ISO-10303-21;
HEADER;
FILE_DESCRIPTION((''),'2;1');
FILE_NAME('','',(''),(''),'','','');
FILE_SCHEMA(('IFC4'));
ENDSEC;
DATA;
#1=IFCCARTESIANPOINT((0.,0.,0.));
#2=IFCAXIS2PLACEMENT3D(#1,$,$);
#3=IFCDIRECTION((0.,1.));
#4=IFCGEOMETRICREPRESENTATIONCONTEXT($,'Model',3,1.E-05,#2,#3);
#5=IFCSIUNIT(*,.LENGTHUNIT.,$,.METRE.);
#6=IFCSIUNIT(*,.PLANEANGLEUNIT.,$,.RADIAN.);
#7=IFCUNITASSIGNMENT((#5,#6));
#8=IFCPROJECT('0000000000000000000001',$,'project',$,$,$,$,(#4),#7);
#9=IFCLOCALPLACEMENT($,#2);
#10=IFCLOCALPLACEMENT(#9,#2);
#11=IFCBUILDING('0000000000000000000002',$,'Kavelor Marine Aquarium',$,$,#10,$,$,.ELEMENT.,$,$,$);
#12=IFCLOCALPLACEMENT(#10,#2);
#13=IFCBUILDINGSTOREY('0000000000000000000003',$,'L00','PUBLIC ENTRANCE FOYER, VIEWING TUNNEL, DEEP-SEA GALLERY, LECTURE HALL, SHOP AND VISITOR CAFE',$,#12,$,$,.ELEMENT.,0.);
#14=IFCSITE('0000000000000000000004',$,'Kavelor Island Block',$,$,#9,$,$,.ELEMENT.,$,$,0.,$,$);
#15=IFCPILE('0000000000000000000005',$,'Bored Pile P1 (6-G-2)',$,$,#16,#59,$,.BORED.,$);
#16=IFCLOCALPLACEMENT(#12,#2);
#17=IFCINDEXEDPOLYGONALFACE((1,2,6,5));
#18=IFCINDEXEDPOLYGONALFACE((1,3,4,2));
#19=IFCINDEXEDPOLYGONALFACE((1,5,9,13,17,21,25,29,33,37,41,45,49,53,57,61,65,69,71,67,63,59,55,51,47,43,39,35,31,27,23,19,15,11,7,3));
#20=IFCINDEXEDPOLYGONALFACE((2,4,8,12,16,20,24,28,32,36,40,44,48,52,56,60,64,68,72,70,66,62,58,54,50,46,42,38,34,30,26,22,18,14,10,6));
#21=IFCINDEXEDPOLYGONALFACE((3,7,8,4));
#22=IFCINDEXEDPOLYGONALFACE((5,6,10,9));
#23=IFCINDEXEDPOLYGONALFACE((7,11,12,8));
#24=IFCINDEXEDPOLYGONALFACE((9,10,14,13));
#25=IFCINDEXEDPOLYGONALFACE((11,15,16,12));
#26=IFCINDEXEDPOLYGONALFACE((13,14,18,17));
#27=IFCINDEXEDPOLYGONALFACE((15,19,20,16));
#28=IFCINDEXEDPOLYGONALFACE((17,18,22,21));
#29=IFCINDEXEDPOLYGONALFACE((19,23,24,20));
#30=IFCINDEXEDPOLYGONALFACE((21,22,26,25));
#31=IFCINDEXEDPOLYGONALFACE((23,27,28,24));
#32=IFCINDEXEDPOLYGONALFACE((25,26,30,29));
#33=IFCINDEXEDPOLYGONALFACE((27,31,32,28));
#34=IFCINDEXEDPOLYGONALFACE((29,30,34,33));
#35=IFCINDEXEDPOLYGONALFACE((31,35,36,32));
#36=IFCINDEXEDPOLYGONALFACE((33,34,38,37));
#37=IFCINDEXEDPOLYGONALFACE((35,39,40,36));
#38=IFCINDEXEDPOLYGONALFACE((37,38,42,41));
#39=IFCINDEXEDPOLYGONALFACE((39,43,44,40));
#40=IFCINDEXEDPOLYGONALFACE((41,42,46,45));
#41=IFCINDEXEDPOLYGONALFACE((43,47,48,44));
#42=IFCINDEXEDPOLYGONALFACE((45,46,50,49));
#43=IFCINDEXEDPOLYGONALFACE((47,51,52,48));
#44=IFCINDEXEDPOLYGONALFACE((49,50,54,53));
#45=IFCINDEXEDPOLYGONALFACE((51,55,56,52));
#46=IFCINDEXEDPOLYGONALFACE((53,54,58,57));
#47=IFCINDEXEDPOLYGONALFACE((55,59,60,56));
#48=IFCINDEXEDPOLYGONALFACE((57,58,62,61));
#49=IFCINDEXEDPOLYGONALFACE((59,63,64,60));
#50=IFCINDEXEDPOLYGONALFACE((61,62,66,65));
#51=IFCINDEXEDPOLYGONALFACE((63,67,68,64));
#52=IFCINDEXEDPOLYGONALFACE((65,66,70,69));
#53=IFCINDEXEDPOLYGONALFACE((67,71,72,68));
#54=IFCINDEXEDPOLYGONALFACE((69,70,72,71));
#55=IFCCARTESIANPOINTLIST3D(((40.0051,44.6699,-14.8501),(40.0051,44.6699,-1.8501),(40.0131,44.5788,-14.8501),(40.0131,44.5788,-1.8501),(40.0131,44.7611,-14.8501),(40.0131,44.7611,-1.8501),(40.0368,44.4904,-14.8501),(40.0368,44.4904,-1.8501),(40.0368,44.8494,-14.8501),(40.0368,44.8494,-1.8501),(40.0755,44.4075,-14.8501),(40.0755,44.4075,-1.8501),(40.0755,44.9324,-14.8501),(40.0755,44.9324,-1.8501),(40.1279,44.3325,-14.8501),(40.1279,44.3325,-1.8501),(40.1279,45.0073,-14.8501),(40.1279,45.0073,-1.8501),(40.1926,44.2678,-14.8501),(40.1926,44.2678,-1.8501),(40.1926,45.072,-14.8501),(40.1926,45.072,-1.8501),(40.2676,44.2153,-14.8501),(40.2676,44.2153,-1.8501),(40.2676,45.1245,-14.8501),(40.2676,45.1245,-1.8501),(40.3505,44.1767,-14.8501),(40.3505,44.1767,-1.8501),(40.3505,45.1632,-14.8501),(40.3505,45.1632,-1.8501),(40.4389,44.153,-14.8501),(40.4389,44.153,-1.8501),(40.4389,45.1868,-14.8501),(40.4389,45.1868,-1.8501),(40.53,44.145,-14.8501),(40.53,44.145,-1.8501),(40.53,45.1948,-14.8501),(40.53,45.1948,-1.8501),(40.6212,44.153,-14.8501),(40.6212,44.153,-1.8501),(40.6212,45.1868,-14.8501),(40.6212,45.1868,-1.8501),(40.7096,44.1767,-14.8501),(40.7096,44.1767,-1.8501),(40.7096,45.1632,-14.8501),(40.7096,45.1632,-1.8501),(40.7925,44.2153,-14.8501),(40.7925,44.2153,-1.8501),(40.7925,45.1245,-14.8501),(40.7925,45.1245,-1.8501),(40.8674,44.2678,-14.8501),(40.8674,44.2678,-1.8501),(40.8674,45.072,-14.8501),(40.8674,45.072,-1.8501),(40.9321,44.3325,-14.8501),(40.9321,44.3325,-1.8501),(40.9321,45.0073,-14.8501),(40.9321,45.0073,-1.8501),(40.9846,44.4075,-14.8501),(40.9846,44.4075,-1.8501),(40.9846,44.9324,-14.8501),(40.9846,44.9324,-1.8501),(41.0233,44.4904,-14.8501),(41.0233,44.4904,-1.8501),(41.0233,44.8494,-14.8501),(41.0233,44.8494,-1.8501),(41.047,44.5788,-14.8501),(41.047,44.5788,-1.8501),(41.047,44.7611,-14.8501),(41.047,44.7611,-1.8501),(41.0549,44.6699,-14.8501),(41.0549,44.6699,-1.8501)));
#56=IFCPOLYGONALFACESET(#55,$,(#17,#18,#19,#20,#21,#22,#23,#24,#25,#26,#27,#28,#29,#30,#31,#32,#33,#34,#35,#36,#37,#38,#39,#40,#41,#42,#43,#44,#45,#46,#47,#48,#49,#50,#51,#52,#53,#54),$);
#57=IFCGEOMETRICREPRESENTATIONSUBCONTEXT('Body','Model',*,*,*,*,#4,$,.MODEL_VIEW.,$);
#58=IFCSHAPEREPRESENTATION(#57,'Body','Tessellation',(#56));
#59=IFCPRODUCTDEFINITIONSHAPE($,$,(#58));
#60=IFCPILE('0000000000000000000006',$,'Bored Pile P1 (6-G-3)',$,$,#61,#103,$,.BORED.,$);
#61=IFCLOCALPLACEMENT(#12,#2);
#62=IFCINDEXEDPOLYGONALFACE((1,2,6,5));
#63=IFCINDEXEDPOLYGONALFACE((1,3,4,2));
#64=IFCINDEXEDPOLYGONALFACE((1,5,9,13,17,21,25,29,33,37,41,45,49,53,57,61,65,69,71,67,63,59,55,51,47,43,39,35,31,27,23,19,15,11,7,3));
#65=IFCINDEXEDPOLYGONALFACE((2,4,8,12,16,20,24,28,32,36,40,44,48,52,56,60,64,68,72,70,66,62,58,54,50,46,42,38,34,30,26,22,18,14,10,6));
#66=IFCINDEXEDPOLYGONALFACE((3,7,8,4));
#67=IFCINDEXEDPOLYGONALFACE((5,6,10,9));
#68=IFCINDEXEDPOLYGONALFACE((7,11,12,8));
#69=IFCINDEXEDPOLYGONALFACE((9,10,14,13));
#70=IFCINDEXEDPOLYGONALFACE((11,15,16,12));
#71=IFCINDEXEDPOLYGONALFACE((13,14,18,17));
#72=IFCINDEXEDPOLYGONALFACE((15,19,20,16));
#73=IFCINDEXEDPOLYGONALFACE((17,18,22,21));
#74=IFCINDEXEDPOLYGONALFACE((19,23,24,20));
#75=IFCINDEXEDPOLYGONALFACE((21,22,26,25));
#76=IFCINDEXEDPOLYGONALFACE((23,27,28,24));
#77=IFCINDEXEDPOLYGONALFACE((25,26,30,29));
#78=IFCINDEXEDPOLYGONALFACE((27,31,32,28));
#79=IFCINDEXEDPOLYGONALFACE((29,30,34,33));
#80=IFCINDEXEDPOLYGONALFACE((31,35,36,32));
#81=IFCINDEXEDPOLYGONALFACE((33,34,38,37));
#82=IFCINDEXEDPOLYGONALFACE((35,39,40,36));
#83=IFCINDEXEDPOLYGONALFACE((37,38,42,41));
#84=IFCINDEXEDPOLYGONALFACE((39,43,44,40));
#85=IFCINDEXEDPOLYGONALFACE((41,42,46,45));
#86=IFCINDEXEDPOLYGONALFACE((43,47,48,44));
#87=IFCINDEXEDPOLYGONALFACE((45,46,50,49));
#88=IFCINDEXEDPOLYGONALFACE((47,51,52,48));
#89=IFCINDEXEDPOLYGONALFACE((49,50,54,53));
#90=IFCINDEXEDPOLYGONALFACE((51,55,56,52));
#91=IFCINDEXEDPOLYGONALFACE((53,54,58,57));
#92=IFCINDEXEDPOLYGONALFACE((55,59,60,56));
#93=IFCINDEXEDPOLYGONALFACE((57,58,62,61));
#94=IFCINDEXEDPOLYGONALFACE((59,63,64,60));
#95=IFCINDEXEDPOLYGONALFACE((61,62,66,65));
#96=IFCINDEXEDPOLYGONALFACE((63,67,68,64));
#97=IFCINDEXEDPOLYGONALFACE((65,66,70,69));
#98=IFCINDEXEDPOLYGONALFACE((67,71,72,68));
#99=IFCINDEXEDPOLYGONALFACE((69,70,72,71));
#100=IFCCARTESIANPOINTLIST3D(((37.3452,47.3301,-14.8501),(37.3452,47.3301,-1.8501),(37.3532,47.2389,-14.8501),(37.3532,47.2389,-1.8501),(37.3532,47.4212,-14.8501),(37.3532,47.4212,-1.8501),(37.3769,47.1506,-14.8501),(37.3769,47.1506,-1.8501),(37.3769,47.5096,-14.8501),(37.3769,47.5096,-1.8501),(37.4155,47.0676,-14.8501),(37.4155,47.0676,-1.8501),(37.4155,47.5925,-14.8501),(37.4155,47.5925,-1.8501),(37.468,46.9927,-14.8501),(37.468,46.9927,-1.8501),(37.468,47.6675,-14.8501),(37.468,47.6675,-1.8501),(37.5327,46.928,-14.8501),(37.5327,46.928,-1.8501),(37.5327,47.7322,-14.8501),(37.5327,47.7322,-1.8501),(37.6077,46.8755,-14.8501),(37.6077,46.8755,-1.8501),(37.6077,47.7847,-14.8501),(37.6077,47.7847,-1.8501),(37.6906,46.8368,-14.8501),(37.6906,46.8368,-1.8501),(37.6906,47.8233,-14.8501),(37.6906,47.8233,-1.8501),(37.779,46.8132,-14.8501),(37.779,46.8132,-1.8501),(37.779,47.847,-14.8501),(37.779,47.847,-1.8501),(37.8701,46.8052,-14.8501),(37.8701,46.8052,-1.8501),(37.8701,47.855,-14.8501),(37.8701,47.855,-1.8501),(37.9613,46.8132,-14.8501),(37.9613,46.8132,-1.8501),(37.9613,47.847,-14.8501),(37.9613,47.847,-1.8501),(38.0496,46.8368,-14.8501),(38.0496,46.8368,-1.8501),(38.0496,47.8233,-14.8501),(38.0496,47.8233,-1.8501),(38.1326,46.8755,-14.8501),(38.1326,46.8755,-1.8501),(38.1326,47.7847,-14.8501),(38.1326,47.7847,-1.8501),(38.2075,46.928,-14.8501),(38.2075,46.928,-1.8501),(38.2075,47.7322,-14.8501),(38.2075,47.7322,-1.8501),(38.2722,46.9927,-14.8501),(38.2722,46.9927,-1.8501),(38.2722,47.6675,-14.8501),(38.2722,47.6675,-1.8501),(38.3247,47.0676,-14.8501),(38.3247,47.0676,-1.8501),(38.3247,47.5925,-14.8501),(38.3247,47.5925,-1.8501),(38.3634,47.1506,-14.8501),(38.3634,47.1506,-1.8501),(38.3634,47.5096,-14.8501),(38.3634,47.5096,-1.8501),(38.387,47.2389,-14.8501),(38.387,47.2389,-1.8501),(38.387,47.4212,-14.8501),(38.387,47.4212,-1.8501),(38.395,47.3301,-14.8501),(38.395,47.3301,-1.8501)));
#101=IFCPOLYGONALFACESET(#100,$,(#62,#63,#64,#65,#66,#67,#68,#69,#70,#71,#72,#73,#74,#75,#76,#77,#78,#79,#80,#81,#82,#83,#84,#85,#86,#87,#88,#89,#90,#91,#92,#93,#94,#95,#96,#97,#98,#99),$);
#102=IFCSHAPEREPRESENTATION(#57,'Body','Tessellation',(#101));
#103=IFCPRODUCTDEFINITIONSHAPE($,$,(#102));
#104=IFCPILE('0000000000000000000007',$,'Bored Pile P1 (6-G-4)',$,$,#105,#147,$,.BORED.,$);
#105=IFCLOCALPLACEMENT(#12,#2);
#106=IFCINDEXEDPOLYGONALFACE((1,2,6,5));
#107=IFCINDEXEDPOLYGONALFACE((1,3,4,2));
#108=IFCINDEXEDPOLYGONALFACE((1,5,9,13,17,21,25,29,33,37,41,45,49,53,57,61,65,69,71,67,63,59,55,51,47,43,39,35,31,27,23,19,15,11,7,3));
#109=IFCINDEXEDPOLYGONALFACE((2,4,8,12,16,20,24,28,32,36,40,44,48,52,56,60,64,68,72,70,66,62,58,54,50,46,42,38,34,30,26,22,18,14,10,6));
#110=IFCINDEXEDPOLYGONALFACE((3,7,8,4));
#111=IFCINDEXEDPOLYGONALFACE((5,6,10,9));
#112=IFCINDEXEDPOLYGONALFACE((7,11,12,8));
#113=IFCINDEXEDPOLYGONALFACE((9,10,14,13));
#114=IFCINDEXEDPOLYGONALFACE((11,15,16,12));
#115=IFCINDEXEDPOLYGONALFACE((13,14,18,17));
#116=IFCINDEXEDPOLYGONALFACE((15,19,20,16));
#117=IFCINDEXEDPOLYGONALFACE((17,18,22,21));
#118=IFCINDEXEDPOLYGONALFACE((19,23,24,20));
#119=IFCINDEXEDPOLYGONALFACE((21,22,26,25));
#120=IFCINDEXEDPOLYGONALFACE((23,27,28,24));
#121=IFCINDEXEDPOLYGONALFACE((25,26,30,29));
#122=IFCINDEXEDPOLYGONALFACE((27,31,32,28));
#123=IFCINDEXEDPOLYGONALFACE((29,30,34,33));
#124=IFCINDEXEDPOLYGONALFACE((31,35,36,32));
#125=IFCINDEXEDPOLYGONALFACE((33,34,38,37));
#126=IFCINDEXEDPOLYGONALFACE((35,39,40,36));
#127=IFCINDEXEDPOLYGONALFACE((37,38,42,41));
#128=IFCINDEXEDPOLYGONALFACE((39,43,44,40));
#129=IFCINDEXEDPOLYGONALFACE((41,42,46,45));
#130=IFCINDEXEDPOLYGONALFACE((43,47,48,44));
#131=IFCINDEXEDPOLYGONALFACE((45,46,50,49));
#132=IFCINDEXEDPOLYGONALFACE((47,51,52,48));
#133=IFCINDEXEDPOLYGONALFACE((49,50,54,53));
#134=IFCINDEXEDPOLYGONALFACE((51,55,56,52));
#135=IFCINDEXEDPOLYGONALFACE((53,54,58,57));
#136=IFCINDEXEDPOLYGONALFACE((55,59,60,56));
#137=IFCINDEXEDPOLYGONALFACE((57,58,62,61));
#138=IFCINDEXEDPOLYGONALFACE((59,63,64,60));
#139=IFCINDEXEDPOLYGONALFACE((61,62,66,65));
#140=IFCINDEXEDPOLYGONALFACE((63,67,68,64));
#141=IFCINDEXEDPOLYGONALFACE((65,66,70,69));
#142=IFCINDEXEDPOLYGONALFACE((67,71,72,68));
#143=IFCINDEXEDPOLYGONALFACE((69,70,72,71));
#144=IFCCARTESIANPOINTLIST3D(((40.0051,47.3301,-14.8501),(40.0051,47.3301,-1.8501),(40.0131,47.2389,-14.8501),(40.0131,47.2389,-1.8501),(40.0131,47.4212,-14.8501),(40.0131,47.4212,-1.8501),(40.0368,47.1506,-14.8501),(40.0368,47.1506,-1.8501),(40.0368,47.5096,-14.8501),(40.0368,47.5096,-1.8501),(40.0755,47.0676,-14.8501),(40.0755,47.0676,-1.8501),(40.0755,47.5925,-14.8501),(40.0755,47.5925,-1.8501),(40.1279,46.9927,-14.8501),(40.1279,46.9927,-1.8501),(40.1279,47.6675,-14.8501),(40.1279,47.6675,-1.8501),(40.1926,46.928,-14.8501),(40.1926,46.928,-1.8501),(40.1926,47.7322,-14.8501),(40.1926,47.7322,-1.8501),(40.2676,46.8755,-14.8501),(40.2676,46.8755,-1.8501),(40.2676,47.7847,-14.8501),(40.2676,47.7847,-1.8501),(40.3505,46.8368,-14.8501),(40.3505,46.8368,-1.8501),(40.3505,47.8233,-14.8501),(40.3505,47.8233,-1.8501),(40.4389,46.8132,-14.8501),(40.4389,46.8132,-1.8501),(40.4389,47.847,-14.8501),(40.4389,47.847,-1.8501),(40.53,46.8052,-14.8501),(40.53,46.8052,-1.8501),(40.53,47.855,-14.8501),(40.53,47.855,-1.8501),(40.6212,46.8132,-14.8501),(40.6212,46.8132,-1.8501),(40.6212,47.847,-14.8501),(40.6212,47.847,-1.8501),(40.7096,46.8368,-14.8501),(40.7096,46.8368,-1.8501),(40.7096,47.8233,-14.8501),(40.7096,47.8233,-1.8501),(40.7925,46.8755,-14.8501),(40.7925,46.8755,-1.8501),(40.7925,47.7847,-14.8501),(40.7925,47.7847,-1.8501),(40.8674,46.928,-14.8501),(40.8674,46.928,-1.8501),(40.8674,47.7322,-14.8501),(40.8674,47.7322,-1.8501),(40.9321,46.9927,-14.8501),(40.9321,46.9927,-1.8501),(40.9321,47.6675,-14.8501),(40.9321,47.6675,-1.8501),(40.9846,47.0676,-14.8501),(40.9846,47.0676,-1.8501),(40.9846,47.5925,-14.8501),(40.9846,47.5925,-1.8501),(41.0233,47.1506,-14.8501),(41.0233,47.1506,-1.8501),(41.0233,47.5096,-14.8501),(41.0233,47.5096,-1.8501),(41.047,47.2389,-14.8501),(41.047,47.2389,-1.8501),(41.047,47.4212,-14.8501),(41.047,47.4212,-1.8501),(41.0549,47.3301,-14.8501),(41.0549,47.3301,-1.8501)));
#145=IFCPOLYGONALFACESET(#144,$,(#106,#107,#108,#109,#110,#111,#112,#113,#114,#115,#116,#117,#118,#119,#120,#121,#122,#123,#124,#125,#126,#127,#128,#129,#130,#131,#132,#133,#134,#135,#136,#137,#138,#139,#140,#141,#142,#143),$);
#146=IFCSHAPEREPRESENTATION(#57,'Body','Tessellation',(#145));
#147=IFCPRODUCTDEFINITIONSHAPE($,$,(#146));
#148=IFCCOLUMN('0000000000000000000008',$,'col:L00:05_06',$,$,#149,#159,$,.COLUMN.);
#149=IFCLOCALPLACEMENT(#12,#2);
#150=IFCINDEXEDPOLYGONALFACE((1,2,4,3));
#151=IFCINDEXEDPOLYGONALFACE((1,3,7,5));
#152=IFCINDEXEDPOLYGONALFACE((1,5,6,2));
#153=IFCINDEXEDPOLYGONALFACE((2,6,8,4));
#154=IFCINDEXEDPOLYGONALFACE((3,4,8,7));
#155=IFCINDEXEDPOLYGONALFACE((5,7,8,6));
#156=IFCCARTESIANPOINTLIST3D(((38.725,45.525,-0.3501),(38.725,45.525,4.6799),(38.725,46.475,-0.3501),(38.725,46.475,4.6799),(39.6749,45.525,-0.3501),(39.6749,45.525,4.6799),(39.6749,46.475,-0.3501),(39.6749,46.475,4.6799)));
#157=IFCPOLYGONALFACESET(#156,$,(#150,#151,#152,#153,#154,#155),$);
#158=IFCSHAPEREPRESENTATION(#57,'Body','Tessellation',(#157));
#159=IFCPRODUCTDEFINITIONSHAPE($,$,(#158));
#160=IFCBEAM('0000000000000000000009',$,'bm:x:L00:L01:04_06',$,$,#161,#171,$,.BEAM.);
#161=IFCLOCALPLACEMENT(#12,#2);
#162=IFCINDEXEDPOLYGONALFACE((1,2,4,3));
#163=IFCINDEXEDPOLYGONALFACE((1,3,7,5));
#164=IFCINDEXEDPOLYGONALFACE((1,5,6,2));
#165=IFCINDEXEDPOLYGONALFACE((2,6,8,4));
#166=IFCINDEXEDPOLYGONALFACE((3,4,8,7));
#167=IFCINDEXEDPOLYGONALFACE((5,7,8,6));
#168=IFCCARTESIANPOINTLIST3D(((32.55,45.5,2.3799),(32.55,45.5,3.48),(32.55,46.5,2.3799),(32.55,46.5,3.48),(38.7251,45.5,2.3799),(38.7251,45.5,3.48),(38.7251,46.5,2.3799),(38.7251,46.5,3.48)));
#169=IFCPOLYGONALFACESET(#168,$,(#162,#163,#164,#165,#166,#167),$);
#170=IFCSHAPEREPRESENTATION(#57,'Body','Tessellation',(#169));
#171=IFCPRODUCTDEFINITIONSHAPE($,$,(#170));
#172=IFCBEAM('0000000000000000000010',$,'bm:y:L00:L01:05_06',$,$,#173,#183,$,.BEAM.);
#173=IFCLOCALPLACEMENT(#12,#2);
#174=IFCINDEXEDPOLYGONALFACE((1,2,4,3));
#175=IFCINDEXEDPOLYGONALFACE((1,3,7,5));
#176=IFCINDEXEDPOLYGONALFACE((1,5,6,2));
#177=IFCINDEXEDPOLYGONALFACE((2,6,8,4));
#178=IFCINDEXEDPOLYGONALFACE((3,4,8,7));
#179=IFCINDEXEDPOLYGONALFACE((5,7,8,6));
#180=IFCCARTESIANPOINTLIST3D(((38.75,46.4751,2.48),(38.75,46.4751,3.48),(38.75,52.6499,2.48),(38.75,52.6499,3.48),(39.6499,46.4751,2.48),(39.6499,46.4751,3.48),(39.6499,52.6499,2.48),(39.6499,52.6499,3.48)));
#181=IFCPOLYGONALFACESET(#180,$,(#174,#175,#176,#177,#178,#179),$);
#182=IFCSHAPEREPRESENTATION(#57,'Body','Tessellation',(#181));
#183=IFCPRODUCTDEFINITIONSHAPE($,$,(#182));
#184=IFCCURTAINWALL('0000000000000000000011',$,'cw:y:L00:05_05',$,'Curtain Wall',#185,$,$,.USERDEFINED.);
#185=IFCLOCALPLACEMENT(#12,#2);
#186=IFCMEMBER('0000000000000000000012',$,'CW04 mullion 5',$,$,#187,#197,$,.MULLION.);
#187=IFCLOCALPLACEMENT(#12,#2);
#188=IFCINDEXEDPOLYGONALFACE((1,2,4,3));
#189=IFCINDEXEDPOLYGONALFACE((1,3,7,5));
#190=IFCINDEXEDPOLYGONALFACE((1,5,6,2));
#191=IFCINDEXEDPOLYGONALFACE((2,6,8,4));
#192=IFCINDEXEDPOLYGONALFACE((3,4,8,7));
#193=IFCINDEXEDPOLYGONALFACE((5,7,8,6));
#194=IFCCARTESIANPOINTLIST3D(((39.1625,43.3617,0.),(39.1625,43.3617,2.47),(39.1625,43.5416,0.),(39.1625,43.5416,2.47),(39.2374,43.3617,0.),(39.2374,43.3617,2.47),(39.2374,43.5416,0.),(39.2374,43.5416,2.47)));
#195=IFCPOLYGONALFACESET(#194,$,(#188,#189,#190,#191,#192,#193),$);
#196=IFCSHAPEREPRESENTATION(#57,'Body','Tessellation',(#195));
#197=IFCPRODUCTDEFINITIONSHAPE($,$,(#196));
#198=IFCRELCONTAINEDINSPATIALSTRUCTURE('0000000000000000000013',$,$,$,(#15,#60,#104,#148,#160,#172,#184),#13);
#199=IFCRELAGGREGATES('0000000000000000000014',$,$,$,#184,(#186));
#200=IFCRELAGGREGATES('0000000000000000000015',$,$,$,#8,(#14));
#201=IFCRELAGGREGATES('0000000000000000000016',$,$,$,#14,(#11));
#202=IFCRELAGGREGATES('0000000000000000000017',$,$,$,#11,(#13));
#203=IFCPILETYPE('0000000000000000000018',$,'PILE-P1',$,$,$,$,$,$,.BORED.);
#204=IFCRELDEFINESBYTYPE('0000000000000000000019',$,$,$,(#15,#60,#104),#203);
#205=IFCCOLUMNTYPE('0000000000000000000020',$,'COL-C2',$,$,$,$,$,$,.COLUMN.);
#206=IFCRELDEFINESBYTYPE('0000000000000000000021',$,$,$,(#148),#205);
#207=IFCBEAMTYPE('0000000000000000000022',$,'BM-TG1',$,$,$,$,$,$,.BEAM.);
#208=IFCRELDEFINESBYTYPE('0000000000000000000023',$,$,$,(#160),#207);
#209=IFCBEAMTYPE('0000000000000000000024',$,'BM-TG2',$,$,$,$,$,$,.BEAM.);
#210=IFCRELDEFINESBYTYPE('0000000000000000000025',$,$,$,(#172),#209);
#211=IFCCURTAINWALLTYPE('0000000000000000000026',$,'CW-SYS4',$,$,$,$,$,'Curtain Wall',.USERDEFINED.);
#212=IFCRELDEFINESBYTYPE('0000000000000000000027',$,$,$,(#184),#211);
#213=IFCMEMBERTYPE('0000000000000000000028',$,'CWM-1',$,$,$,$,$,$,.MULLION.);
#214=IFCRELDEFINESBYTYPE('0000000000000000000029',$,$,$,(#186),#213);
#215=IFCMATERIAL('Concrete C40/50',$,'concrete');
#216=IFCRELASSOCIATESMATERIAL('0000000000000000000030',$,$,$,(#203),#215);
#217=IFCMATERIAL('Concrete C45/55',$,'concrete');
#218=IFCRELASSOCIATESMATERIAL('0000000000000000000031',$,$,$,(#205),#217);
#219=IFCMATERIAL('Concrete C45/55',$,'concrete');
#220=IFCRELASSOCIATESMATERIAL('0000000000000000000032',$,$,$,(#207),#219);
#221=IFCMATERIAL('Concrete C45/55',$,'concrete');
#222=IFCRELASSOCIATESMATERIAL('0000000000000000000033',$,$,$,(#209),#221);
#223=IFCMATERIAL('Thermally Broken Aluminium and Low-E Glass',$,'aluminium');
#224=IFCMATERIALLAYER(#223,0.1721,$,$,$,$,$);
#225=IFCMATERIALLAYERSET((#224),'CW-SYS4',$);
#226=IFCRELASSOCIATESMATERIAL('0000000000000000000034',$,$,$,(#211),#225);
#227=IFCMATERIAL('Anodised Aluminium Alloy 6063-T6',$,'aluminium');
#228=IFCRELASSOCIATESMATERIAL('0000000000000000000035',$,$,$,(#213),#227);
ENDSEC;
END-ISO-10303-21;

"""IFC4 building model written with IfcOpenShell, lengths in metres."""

from ifc_helpers import new_model, si_unit, direction, frame, origin, origin_2d, place, context, subcontext, project, spatial, rectangle, circle, extrude, material, layer, layer_set, material_profile, profile_set, type_object, element, aggregate, save


model = new_model("IFC4")

# Units and contexts
model_context = context("Model", 3, precision=1e-05, world=origin(), true_north=direction((0.0, 1.0)))
body_context = subcontext(model_context, "Body", "Model", "MODEL_VIEW")
ifc_project = project(units=[si_unit("LENGTHUNIT", "METRE"), si_unit("PLANEANGLEUNIT", "RADIAN")], contexts=[model_context])

# Site, building, storey
site_placement = place(None, origin())
site = spatial("IfcSite", under=ifc_project, at=site_placement, Name="Kavelor Island Block", CompositionType="ELEMENT", RefElevation=0.0)
building_placement = place(site_placement, origin())
building = spatial("IfcBuilding", under=site, at=building_placement, Name="Kavelor Marine Aquarium", CompositionType="ELEMENT")
storey_placement = place(building_placement, origin())
storey = spatial("IfcBuildingStorey", under=building, at=storey_placement, Name="L00", Description="PUBLIC ENTRANCE FOYER, VIEWING TUNNEL, DEEP-SEA GALLERY, LECTURE HALL, SHOP AND VISITOR CAFE", CompositionType="ELEMENT", Elevation=0.0)

# Piles
ifc_material_1 = material(Name="Concrete C40/50", Category="concrete")
ifc_material_profile_1 = material_profile(ifc_material_1, circle(Radius=0.5249, at=origin_2d()), Name="PILE D1050")
ifc_profile_set_1 = profile_set([ifc_material_profile_1], Name="Concrete C40/50")
pile_type = type_object("IfcPileType", Name="PILE-P1", PredefinedType="BORED", material=ifc_profile_set_1)
for number, where, z_axis, x_axis, name in (
    (1, (40.53, 44.6699, -1.8501), (0.0, 0.0, -1.0), (1.0, 0.0, 0.0), "Bored Pile P1 (6-G-2)"),
    (2, (37.8701, 47.3301, -1.8501), (0.0, 0.0, -1.0), (1.0, 0.0, 0.0), "Bored Pile P1 (6-G-3)"),
    (3, (40.53, 47.3301, -1.8501), (0.0, 0.0, -1.0), (1.0, 0.0, 0.0), "Bored Pile P1 (6-G-4)"),
):
    element("IfcPile", number, at=place(storey_placement, frame(where, z_axis=z_axis, x_axis=x_axis)), inside=storey, type_object=pile_type, Name=name, PredefinedType="BORED", context=body_context, shape_type="SweptSolid", body=[
        extrude(circle(Radius=0.5249, at=origin_2d()), origin(), (0.0, 0.0, 1.0), 13.0),
    ])

# Column
ifc_material_2 = material(Name="Concrete C45/55", Category="concrete")
ifc_material_profile_2 = material_profile(ifc_material_2, rectangle(XDim=0.95, YDim=0.95, at=origin_2d()), Name="RC-COL 950x950")
ifc_profile_set_2 = profile_set([ifc_material_profile_2], Name="Concrete C45/55")
column_type = type_object("IfcColumnType", Name="COL-C2", PredefinedType="COLUMN", material=ifc_profile_set_2)
column_placement = place(storey_placement, frame((39.2, 46.0, -0.3501), z_axis=(0.0, 0.0, 1.0), x_axis=(1.0, 0.0, 0.0)))
element("IfcColumn", 4, at=column_placement, inside=storey, type_object=column_type, Name="col:L00:05_06", PredefinedType="COLUMN", context=body_context, shape_type="SweptSolid", body=[
    extrude(rectangle(XDim=0.95, YDim=0.95, at=origin_2d()), origin(), (0.0, 0.0, 1.0), 5.03),
])

# Beams
ifc_material_3 = material(Name="Concrete C45/55", Category="concrete")
ifc_material_profile_3 = material_profile(ifc_material_3, rectangle(XDim=1.0, YDim=1.1001, at=origin_2d()), Name="RC-TG 1000x1100")
ifc_profile_set_3 = profile_set([ifc_material_profile_3], Name="Concrete C45/55")
beam_type_1 = type_object("IfcBeamType", Name="BM-TG1", PredefinedType="BEAM", material=ifc_profile_set_3)
beam_1_placement = place(storey_placement, frame((32.55, 46.0, 2.9299), z_axis=(1.0, 0.0, 0.0), x_axis=(0.0, 1.0, 0.0)))
element("IfcBeam", 5, at=beam_1_placement, inside=storey, type_object=beam_type_1, Name="bm:x:L00:L01:04_06", PredefinedType="BEAM", context=body_context, shape_type="SweptSolid", body=[
    extrude(rectangle(XDim=1.0, YDim=1.1001, at=origin_2d()), origin(), (0.0, 0.0, 1.0), 6.175),
])
ifc_material_4 = material(Name="Concrete C45/55", Category="concrete")
ifc_material_profile_4 = material_profile(ifc_material_4, rectangle(XDim=0.8999, YDim=1.0, at=origin_2d()), Name="RC-TG 900x1000")
ifc_profile_set_4 = profile_set([ifc_material_profile_4], Name="Concrete C45/55")
beam_type_2 = type_object("IfcBeamType", Name="BM-TG2", PredefinedType="BEAM", material=ifc_profile_set_4)
beam_2_placement = place(storey_placement, frame((39.2, 46.4751, 2.98), z_axis=(0.0, 1.0, 0.0), x_axis=(-1.0, 0.0, 0.0)))
element("IfcBeam", 6, at=beam_2_placement, inside=storey, type_object=beam_type_2, Name="bm:y:L00:L01:05_06", PredefinedType="BEAM", context=body_context, shape_type="SweptSolid", body=[
    extrude(rectangle(XDim=0.8999, YDim=1.0, at=origin_2d()), origin(), (0.0, 0.0, 1.0), 6.1748),
])

# Curtain wall, member
ifc_material_5 = material(Name="Thermally Broken Aluminium and Low-E Glass", Category="aluminium")
ifc_layer_1 = layer(ifc_material_5, 0.1721)
ifc_layer_set_1 = layer_set([ifc_layer_1], Name="CW-SYS4")
curtain_wall_type_1 = type_object("IfcCurtainWallType", Name="CW-SYS4", ElementType="Curtain Wall", PredefinedType="USERDEFINED", material=ifc_layer_set_1)
curtain_wall_1_placement = place(storey_placement, origin())
curtain_wall_1 = element("IfcCurtainWall", 7, at=curtain_wall_1_placement, inside=storey, type_object=curtain_wall_type_1, Name="cw:y:L00:05_05", ObjectType="Curtain Wall", PredefinedType="USERDEFINED")
ifc_material_6 = material(Name="Anodised Aluminium Alloy 6063-T6", Category="aluminium")
ifc_material_profile_5 = material_profile(ifc_material_6, rectangle(XDim=0.075, YDim=0.1799, at=origin_2d()), Name="CW-MUL 75x180")
ifc_profile_set_5 = profile_set([ifc_material_profile_5], Name="Anodised Aluminium Alloy 6063-T6")
member_type_1 = type_object("IfcMemberType", Name="CWM-1", PredefinedType="MULLION", material=ifc_profile_set_5)
member_1_placement = place(storey_placement, frame((39.2, 43.4517, 0.0), z_axis=(0.0, 0.0, 1.0), x_axis=(-1.0, 0.0, 0.0)))
member_1 = element("IfcMember", 8, at=member_1_placement, type_object=member_type_1, Name="CW04 mullion 5", PredefinedType="MULLION", context=body_context, shape_type="SweptSolid", body=[
    extrude(rectangle(XDim=0.075, YDim=0.1799, at=origin_2d()), origin(), (0.0, 0.0, 1.0), 2.47),
])

aggregate(curtain_wall_1, [member_1])

save(model, "model.ifc")
